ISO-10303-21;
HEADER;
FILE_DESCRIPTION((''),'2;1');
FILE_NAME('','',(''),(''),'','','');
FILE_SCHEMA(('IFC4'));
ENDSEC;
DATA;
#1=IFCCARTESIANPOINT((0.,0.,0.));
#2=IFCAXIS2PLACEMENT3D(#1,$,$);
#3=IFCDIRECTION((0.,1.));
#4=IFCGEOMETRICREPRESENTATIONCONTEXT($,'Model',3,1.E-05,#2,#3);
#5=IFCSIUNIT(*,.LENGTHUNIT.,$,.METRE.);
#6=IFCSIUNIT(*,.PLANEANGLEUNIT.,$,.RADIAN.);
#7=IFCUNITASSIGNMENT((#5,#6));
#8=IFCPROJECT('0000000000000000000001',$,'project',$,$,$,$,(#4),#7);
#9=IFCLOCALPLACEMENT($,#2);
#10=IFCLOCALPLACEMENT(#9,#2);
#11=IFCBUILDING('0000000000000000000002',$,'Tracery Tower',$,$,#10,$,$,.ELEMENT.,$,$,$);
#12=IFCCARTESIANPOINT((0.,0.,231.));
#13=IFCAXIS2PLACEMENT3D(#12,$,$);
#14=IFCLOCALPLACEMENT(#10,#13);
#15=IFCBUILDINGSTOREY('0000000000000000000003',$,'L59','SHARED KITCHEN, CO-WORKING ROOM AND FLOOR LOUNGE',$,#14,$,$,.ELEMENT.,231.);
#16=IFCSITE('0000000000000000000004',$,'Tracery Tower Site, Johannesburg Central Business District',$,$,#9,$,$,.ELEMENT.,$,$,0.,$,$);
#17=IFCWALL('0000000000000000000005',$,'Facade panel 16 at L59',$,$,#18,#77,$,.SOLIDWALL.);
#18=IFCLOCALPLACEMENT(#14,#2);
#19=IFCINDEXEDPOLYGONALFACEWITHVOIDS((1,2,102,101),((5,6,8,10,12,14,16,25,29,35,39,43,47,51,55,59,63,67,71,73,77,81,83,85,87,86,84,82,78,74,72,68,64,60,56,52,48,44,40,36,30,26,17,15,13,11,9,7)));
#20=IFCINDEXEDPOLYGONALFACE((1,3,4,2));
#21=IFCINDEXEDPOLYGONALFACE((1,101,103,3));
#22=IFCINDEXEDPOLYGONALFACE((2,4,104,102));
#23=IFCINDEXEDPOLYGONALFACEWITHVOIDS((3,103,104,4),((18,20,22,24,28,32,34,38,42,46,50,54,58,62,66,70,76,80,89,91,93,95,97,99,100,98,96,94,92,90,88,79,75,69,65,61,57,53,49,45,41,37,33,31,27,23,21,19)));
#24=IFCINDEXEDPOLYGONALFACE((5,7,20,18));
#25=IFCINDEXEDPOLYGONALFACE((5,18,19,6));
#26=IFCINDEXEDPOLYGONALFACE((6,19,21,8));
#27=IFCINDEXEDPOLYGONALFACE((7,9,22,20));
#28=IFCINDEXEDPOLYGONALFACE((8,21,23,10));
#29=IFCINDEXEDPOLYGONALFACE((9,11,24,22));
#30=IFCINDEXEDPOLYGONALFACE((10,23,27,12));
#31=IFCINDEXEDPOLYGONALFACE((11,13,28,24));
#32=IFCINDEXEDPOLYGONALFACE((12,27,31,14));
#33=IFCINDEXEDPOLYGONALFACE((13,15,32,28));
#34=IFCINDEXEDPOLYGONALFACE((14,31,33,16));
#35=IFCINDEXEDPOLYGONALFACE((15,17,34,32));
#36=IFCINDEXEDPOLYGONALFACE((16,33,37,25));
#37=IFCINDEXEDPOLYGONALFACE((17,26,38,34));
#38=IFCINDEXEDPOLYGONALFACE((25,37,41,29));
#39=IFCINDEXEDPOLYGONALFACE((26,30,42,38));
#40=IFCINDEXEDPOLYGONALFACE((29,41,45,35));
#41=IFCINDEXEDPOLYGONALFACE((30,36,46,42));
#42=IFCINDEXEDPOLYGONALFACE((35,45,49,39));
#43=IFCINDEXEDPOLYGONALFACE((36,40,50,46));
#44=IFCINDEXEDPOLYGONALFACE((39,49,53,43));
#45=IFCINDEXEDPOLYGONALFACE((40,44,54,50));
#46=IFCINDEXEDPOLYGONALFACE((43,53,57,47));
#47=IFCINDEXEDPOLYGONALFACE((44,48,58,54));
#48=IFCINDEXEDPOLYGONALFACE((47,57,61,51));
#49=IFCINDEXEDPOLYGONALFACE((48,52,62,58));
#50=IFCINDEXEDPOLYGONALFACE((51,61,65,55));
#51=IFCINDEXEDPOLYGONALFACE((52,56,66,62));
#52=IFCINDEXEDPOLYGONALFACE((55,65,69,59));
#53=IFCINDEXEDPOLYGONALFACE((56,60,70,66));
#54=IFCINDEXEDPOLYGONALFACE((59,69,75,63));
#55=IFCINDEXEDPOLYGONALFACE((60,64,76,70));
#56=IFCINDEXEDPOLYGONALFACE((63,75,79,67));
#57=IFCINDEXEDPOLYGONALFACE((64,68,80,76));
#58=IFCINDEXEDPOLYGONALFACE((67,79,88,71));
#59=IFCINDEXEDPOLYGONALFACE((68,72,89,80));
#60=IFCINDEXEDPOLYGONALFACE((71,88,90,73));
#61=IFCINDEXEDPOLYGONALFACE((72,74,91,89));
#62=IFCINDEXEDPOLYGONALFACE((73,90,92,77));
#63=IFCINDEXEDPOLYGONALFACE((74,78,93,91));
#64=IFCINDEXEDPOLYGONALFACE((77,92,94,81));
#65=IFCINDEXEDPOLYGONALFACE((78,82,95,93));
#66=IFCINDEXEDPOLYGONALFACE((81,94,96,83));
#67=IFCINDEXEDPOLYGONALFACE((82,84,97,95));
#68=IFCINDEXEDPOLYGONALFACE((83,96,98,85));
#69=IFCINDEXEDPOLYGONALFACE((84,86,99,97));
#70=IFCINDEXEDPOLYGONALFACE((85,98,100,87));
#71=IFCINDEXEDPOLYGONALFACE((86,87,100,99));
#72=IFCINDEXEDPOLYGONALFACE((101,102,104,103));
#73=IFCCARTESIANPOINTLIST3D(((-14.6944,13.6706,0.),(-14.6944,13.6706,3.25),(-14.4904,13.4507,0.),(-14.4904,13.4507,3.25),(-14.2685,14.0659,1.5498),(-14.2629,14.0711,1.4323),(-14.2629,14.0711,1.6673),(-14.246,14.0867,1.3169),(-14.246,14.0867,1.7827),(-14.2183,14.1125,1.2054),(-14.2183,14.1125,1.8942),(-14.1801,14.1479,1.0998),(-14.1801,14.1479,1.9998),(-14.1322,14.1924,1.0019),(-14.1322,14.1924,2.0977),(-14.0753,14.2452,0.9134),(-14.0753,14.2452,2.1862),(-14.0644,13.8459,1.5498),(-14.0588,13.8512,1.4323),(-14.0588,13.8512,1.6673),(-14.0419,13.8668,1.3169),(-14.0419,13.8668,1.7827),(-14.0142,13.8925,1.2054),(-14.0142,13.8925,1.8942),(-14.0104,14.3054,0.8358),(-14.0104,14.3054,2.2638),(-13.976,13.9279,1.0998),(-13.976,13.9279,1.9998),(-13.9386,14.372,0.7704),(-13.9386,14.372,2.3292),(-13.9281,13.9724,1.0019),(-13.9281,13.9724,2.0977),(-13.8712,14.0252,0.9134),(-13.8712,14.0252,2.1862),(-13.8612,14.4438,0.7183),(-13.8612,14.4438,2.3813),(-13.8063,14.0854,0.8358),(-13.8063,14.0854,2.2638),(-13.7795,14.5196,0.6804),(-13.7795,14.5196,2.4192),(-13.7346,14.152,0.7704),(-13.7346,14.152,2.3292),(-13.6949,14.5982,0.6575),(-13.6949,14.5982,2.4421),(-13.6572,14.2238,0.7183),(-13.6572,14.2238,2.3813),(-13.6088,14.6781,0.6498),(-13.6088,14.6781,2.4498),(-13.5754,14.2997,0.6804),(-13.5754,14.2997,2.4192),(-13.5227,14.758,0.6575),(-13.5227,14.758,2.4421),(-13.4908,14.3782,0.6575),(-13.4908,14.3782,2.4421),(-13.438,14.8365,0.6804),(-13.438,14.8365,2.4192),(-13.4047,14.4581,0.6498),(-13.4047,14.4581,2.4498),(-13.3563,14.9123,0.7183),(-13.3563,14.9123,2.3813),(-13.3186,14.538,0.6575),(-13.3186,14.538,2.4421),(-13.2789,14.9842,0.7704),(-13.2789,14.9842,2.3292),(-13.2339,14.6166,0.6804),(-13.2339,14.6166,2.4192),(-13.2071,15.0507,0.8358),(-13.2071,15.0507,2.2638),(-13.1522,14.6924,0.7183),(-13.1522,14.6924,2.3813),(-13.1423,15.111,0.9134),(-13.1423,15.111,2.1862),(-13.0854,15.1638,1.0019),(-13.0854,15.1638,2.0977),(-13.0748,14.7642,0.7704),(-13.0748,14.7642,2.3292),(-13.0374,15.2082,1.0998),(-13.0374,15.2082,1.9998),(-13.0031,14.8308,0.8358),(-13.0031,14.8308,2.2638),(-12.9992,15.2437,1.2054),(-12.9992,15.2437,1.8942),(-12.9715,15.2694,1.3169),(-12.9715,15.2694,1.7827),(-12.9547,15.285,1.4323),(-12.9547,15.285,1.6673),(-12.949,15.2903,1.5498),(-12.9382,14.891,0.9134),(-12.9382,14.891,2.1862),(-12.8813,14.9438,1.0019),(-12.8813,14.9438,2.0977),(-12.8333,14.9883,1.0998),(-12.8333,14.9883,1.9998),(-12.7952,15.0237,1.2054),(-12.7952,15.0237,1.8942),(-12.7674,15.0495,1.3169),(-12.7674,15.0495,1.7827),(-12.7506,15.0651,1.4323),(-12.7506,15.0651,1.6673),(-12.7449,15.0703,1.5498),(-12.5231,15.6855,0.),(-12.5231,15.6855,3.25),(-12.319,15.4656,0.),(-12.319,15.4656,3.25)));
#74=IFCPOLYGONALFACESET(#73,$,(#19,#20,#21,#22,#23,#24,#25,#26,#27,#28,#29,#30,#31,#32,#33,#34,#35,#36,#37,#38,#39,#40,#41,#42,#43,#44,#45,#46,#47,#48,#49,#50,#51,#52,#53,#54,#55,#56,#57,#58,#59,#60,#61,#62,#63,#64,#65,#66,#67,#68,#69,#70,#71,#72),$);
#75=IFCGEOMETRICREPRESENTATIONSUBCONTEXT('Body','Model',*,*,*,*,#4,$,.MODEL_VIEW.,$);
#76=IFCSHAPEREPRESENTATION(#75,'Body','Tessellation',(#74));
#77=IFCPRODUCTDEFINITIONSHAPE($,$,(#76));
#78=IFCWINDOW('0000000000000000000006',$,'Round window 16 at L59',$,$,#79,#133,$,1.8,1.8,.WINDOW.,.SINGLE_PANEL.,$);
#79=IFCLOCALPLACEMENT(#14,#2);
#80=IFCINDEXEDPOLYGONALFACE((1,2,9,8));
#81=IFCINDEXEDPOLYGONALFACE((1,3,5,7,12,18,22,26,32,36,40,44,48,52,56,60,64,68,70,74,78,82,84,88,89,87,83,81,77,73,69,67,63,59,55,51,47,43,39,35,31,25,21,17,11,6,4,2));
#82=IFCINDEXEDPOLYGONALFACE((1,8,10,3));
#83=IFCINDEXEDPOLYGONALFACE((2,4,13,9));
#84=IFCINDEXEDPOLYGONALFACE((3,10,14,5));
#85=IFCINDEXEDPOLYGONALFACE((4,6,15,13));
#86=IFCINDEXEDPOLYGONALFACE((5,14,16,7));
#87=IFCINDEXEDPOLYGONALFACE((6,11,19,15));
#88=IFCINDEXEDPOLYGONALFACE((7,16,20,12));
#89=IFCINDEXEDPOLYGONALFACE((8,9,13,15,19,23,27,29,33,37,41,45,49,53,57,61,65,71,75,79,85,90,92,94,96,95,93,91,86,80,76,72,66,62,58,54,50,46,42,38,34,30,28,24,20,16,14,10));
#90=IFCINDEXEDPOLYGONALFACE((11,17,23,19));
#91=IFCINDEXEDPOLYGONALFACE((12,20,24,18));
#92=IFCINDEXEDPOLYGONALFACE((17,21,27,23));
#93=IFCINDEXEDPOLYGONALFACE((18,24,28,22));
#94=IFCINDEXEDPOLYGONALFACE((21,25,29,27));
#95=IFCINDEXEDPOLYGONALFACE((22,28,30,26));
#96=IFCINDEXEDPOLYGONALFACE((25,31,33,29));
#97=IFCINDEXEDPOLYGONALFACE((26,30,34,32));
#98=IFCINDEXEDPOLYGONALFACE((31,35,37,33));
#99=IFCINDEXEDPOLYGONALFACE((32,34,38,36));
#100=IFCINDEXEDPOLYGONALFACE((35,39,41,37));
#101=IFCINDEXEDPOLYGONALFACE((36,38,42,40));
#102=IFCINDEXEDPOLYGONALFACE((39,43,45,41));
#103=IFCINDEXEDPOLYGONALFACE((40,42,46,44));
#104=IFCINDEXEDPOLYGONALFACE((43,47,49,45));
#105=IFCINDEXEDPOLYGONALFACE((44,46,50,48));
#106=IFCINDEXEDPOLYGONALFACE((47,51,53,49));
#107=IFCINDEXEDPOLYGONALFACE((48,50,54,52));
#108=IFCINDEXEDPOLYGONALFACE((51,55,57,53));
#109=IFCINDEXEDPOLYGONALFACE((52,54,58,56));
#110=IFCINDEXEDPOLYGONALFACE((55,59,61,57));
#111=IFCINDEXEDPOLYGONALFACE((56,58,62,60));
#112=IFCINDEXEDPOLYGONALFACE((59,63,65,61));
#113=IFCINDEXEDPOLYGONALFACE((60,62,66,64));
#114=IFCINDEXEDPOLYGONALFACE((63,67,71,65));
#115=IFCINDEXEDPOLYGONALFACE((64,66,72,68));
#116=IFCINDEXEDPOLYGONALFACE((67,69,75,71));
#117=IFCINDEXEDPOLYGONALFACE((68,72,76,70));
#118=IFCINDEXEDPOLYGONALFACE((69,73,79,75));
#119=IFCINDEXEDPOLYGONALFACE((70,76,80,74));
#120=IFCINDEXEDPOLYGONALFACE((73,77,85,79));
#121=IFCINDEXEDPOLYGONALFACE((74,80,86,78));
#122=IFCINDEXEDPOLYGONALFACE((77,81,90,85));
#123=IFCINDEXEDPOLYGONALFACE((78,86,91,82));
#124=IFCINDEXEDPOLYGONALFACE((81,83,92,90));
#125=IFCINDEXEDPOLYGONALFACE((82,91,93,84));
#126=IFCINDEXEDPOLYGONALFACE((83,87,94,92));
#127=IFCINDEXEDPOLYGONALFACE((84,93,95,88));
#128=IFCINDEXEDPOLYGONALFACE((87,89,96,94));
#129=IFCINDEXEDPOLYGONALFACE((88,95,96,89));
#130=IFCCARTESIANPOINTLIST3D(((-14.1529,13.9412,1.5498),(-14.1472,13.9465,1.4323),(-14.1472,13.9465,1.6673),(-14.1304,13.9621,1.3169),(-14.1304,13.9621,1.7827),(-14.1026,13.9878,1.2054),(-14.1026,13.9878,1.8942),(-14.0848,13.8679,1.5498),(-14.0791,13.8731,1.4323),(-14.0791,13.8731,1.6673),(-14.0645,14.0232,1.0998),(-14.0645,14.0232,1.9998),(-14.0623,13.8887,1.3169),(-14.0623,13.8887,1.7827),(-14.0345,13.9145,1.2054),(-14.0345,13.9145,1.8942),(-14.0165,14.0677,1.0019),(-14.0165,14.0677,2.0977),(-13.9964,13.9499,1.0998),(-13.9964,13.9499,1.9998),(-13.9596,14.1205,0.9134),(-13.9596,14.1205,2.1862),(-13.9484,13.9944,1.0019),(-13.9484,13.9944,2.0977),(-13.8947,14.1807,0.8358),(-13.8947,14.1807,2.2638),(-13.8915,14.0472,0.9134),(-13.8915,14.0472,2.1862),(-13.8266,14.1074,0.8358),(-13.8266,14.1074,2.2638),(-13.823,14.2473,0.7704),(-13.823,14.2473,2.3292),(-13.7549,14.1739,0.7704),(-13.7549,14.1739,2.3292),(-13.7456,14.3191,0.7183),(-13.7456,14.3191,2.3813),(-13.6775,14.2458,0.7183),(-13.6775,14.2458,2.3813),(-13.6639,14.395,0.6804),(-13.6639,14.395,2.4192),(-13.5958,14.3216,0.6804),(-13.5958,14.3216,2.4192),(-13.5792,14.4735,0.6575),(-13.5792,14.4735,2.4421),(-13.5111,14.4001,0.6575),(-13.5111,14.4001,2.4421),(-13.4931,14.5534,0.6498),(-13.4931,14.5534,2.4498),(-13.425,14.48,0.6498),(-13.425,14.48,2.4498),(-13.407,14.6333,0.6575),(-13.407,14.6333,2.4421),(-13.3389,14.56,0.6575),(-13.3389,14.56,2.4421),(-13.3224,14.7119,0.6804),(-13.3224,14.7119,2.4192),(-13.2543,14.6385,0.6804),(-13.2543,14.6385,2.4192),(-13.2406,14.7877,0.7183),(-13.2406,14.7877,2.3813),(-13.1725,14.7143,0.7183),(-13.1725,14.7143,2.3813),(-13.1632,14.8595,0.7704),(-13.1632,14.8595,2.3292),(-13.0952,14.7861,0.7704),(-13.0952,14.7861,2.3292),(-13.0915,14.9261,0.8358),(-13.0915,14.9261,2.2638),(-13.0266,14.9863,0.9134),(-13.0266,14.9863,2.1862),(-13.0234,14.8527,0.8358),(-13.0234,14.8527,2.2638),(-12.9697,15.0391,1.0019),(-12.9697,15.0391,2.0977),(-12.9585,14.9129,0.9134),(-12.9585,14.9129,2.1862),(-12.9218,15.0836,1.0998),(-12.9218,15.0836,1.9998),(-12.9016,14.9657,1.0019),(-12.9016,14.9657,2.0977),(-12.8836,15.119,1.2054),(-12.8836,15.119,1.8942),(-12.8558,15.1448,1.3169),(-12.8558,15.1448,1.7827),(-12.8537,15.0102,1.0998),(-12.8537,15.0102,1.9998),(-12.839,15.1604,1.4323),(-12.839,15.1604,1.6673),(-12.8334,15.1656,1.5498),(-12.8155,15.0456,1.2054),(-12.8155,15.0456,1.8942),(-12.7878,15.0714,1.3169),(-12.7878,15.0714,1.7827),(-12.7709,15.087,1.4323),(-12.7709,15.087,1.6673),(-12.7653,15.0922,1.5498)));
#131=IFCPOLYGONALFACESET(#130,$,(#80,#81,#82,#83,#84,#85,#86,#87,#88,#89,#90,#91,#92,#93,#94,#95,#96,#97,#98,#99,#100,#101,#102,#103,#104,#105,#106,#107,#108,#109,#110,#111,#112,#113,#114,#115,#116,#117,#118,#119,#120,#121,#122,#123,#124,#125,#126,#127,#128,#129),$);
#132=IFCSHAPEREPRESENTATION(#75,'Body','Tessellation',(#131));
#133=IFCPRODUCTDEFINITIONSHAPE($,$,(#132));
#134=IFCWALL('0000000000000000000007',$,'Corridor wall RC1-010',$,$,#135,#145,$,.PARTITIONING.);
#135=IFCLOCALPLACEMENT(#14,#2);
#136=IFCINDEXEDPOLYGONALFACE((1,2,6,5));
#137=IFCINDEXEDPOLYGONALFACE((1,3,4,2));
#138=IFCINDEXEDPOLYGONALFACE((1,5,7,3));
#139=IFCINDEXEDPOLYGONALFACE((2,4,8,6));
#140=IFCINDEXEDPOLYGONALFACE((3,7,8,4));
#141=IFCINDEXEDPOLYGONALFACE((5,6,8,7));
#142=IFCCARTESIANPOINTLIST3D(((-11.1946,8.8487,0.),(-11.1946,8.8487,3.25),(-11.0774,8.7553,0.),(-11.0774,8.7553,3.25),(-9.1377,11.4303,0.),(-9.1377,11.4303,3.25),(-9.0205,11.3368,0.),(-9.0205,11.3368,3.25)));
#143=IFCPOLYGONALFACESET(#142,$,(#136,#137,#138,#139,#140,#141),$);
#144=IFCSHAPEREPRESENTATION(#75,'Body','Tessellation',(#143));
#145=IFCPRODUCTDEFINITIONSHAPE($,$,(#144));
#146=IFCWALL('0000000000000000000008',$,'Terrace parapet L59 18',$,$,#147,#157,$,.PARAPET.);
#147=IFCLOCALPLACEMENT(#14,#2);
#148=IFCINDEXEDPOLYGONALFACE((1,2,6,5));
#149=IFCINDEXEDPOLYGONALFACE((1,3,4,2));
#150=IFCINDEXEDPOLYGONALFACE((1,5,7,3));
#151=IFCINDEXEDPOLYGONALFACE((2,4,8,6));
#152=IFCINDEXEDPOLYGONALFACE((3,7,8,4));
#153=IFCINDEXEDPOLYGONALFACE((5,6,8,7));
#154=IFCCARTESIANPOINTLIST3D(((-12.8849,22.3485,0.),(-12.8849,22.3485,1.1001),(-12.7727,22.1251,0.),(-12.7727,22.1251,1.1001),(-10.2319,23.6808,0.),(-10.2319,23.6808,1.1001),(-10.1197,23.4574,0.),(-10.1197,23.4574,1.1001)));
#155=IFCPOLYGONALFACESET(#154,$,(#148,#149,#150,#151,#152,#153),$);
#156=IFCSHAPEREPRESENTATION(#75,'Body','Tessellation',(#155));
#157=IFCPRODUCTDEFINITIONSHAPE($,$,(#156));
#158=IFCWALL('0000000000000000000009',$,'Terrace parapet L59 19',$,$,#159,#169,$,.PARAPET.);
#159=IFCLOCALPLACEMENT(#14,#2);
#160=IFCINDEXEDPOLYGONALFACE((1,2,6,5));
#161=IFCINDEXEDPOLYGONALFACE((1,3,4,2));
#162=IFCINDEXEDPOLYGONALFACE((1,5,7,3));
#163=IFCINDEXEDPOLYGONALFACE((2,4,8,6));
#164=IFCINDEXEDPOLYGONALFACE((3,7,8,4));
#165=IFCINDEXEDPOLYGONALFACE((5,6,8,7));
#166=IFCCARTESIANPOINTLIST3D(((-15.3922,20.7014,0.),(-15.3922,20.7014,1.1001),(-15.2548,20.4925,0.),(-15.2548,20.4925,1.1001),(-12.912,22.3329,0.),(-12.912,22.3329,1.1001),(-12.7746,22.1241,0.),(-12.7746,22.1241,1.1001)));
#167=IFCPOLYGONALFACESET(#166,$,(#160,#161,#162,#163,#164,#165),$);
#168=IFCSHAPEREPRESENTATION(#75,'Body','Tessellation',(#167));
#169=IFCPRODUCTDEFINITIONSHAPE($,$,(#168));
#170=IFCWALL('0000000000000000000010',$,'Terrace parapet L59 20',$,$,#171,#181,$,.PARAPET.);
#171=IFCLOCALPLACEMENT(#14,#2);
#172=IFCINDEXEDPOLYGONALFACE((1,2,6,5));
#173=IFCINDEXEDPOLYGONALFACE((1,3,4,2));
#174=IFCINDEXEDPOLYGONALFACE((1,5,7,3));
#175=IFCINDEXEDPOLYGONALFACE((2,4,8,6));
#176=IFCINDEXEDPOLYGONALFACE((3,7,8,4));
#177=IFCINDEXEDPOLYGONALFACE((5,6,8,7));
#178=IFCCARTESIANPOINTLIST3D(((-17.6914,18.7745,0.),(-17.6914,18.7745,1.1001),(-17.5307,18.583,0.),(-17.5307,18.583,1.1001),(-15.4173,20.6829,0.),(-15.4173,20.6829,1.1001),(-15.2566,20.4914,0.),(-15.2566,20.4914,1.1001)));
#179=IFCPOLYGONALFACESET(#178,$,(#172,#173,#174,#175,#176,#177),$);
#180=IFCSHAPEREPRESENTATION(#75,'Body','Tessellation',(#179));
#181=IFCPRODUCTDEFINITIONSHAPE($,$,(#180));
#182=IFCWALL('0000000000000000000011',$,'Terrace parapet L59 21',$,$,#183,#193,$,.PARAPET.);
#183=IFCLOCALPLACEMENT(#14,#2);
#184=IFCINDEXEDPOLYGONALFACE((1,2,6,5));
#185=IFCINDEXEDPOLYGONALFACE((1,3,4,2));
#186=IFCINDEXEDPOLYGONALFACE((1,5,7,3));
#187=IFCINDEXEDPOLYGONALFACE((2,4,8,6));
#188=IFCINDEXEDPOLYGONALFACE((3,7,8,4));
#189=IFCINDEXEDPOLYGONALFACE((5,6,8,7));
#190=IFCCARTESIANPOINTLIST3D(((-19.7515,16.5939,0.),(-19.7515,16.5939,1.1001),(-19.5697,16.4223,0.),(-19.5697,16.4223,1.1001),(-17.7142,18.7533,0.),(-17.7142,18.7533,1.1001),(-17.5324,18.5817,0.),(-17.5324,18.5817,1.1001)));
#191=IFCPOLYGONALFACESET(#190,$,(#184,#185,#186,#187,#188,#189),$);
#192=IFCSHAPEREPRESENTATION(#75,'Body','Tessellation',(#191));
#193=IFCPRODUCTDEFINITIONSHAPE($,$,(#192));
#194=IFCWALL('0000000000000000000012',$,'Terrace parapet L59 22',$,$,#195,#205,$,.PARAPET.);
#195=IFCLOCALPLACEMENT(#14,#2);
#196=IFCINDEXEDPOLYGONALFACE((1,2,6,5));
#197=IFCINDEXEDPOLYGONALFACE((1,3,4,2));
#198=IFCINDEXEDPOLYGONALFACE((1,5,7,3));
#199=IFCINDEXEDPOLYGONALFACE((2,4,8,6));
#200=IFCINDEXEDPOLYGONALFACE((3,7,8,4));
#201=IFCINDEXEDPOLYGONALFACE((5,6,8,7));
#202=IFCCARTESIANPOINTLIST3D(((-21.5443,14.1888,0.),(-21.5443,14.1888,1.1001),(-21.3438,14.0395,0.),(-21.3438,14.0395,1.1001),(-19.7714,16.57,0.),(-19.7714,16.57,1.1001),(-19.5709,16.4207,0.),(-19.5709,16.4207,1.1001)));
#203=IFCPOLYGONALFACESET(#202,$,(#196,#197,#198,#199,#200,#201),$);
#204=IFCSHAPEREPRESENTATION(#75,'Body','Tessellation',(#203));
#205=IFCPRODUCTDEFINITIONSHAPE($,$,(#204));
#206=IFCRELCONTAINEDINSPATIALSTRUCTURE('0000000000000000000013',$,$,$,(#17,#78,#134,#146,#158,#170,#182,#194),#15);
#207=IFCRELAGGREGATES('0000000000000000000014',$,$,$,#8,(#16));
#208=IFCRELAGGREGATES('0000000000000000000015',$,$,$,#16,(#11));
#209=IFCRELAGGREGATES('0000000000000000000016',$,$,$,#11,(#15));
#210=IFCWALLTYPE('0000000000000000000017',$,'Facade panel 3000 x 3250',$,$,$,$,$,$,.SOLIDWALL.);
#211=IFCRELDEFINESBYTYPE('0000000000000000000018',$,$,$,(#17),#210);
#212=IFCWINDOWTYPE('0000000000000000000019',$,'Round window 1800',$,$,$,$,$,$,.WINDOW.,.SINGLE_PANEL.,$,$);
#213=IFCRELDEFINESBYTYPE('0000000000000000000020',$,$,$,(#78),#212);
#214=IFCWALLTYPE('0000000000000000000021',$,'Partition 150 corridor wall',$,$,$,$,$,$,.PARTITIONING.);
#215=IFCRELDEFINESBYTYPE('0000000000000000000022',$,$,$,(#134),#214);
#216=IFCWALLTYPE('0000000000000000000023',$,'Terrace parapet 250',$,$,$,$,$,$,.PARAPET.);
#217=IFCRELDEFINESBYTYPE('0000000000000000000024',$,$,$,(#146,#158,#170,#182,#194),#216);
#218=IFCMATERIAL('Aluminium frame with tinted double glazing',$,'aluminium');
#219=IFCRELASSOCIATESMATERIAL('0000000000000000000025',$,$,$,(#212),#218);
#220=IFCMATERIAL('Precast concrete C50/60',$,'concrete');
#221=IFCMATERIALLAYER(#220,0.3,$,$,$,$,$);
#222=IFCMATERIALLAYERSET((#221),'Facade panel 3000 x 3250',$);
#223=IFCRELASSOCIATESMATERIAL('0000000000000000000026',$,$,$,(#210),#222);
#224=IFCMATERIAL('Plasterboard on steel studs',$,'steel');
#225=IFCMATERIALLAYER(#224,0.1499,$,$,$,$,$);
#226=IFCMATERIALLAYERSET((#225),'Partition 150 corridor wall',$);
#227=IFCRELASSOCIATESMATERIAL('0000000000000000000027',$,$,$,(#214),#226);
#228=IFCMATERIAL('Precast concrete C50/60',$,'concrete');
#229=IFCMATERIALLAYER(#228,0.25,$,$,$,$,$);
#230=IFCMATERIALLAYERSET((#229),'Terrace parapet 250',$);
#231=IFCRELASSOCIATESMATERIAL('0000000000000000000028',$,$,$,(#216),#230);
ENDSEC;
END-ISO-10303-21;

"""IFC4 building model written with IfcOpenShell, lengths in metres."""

from ifc_helpers import new_model, si_unit, direction, frame, frame_2d, origin, origin_2d, place, context, subcontext, project, spatial, rectangle, circle, extrude, material, layer, layer_set, type_object, element, fill, save


model = new_model("IFC4")

# Units and contexts
model_context = context("Model", 3, precision=1e-05, world=origin(), true_north=direction((0.0, 1.0)))
body_context = subcontext(model_context, "Body", "Model", "MODEL_VIEW")
ifc_project = project(units=[si_unit("LENGTHUNIT", "METRE"), si_unit("PLANEANGLEUNIT", "RADIAN")], contexts=[model_context])

# Site, building, storey
site_placement = place(None, origin())
site = spatial("IfcSite", under=ifc_project, at=site_placement, Name="Tracery Tower Site, Johannesburg Central Business District", CompositionType="ELEMENT", RefElevation=0.0)
building_placement = place(site_placement, origin())
building = spatial("IfcBuilding", under=site, at=building_placement, Name="Tracery Tower", CompositionType="ELEMENT")
storey_placement = place(building_placement, frame((0.0, 0.0, 231.0)))
storey = spatial("IfcBuildingStorey", under=building, at=storey_placement, Name="L59", Description="SHARED KITCHEN, CO-WORKING ROOM AND FLOOR LOUNGE", CompositionType="ELEMENT", Elevation=231.0)

# Wall, opening, window
ifc_material_1 = material(Name="Aluminium frame with tinted double glazing", Category="aluminium")
window_type = type_object("IfcWindowType", Name="Round window 1800", PartitioningType="SINGLE_PANEL", PredefinedType="WINDOW", material=ifc_material_1)
ifc_material_2 = material(Name="Precast concrete C50/60", Category="concrete")
ifc_layer_1 = layer(ifc_material_2, 0.3)
ifc_layer_set_1 = layer_set([ifc_layer_1], Name="Facade panel 3000 x 3250")
wall_type_1 = type_object("IfcWallType", Name="Facade panel 3000 x 3250", PredefinedType="SOLIDWALL", material=ifc_layer_set_1)
wall_1_placement = place(storey_placement, frame((-12.4211, 15.5754, 0.0), z_axis=(0.0, 0.0, 1.0), x_axis=(-0.733028, -0.680198, 0.0)))
wall_1 = element("IfcWall", 1, at=wall_1_placement, inside=storey, type_object=wall_type_1, Name="Facade panel 16 at L59", PredefinedType="SOLIDWALL", context=body_context, shape_type="SweptSolid", body=[
    extrude(rectangle(XDim=2.9622, YDim=0.3, at=frame_2d((1.481, 0.0))), origin(), (0.0, 0.0, 1.0), 3.25),
])
opening_1_placement = place(wall_1_placement, frame((1.481, 0.0, 1.5498)))
opening_1 = element("IfcOpeningElement", 2, at=opening_1_placement, cuts=wall_1, PredefinedType="OPENING", context=body_context, shape_type="SweptSolid", body=[
    extrude(circle(Radius=0.9, at=origin_2d()), frame((0.0, 0.1599, 0.0), z_axis=(0.0, -1.0, 0.0), x_axis=(1.0, 0.0, 0.0)), (0.0, 0.0, 1.0), 0.3201),
])
window_1_placement = place(opening_1_placement, origin())
window_1 = element("IfcWindow", 3, at=window_1_placement, inside=storey, type_object=window_type, Name="Round window 16 at L59", OverallHeight=1.8, OverallWidth=1.8, PartitioningType="SINGLE_PANEL", PredefinedType="WINDOW", context=body_context, shape_type="SweptSolid", body=[
    extrude(circle(Radius=0.9, at=origin_2d()), frame((0.0, 0.1201, 0.0), z_axis=(0.0, -1.0, 0.0), x_axis=(1.0, 0.0, 0.0)), (0.0, 0.0, 1.0), 0.1001),
])
fill(opening_1, window_1)

# Walls
ifc_material_3 = material(Name="Plasterboard on steel studs", Category="steel")
ifc_layer_2 = layer(ifc_material_3, 0.1499)
ifc_layer_set_2 = layer_set([ifc_layer_2], Name="Partition 150 corridor wall")
wall_type_2 = type_object("IfcWallType", Name="Partition 150 corridor wall", PredefinedType="PARTITIONING", material=ifc_layer_set_2)
wall_2_placement = place(storey_placement, frame((-11.136, 8.802, 0.0), z_axis=(0.0, 0.0, 1.0), x_axis=(0.623151, 0.782101, 0.0)))
element("IfcWall", 4, at=wall_2_placement, inside=storey, type_object=wall_type_2, Name="Corridor wall RC1-010", PredefinedType="PARTITIONING", context=body_context, shape_type="SweptSolid", body=[
    extrude(rectangle(XDim=3.3008, YDim=0.1499, at=frame_2d((1.6504, 0.0))), origin(), (0.0, 0.0, 1.0), 3.25),
])
ifc_material_4 = material(Name="Precast concrete C50/60", Category="concrete")
ifc_layer_3 = layer(ifc_material_4, 0.25)
ifc_layer_set_3 = layer_set([ifc_layer_3], Name="Terrace parapet 250")
wall_type_3 = type_object("IfcWallType", Name="Terrace parapet 250", PredefinedType="PARAPET", material=ifc_layer_set_3)
for number, where, z_axis, x_axis, name in (
    (5, (-10.1758, 23.5691, 0.0), (0.0, 0.0, 1.0), (-0.893653, -0.448759, 0.0), "Terrace parapet L59 18"),
    (6, (-12.8433, 22.2285, 0.0), (0.0, 0.0, 1.0), (-0.835438, -0.549585, 0.0), "Terrace parapet L59 19"),
    (7, (-15.3369, 20.5872, 0.0), (0.0, 0.0, 1.0), (-0.766013, -0.642826, 0.0), "Terrace parapet L59 20"),
    (8, (-17.6233, 18.6675, 0.0), (0.0, 0.0, 1.0), (-0.686249, -0.727367, 0.0), "Terrace parapet L59 21"),
    (9, (-19.6711, 16.4954, 0.0), (0.0, 0.0, 1.0), (-0.597181, -0.802107, 0.0), "Terrace parapet L59 22"),
):
    element("IfcWall", number, at=place(storey_placement, frame(where, z_axis=z_axis, x_axis=x_axis)), inside=storey, type_object=wall_type_3, Name=name, PredefinedType="PARAPET", context=body_context, shape_type="SweptSolid", body=[
        extrude(rectangle(XDim=2.9688, YDim=0.25, at=frame_2d((1.4844, 0.0))), origin(), (0.0, 0.0, 1.0), 1.1001),
    ])

save(model, "model.ifc")
